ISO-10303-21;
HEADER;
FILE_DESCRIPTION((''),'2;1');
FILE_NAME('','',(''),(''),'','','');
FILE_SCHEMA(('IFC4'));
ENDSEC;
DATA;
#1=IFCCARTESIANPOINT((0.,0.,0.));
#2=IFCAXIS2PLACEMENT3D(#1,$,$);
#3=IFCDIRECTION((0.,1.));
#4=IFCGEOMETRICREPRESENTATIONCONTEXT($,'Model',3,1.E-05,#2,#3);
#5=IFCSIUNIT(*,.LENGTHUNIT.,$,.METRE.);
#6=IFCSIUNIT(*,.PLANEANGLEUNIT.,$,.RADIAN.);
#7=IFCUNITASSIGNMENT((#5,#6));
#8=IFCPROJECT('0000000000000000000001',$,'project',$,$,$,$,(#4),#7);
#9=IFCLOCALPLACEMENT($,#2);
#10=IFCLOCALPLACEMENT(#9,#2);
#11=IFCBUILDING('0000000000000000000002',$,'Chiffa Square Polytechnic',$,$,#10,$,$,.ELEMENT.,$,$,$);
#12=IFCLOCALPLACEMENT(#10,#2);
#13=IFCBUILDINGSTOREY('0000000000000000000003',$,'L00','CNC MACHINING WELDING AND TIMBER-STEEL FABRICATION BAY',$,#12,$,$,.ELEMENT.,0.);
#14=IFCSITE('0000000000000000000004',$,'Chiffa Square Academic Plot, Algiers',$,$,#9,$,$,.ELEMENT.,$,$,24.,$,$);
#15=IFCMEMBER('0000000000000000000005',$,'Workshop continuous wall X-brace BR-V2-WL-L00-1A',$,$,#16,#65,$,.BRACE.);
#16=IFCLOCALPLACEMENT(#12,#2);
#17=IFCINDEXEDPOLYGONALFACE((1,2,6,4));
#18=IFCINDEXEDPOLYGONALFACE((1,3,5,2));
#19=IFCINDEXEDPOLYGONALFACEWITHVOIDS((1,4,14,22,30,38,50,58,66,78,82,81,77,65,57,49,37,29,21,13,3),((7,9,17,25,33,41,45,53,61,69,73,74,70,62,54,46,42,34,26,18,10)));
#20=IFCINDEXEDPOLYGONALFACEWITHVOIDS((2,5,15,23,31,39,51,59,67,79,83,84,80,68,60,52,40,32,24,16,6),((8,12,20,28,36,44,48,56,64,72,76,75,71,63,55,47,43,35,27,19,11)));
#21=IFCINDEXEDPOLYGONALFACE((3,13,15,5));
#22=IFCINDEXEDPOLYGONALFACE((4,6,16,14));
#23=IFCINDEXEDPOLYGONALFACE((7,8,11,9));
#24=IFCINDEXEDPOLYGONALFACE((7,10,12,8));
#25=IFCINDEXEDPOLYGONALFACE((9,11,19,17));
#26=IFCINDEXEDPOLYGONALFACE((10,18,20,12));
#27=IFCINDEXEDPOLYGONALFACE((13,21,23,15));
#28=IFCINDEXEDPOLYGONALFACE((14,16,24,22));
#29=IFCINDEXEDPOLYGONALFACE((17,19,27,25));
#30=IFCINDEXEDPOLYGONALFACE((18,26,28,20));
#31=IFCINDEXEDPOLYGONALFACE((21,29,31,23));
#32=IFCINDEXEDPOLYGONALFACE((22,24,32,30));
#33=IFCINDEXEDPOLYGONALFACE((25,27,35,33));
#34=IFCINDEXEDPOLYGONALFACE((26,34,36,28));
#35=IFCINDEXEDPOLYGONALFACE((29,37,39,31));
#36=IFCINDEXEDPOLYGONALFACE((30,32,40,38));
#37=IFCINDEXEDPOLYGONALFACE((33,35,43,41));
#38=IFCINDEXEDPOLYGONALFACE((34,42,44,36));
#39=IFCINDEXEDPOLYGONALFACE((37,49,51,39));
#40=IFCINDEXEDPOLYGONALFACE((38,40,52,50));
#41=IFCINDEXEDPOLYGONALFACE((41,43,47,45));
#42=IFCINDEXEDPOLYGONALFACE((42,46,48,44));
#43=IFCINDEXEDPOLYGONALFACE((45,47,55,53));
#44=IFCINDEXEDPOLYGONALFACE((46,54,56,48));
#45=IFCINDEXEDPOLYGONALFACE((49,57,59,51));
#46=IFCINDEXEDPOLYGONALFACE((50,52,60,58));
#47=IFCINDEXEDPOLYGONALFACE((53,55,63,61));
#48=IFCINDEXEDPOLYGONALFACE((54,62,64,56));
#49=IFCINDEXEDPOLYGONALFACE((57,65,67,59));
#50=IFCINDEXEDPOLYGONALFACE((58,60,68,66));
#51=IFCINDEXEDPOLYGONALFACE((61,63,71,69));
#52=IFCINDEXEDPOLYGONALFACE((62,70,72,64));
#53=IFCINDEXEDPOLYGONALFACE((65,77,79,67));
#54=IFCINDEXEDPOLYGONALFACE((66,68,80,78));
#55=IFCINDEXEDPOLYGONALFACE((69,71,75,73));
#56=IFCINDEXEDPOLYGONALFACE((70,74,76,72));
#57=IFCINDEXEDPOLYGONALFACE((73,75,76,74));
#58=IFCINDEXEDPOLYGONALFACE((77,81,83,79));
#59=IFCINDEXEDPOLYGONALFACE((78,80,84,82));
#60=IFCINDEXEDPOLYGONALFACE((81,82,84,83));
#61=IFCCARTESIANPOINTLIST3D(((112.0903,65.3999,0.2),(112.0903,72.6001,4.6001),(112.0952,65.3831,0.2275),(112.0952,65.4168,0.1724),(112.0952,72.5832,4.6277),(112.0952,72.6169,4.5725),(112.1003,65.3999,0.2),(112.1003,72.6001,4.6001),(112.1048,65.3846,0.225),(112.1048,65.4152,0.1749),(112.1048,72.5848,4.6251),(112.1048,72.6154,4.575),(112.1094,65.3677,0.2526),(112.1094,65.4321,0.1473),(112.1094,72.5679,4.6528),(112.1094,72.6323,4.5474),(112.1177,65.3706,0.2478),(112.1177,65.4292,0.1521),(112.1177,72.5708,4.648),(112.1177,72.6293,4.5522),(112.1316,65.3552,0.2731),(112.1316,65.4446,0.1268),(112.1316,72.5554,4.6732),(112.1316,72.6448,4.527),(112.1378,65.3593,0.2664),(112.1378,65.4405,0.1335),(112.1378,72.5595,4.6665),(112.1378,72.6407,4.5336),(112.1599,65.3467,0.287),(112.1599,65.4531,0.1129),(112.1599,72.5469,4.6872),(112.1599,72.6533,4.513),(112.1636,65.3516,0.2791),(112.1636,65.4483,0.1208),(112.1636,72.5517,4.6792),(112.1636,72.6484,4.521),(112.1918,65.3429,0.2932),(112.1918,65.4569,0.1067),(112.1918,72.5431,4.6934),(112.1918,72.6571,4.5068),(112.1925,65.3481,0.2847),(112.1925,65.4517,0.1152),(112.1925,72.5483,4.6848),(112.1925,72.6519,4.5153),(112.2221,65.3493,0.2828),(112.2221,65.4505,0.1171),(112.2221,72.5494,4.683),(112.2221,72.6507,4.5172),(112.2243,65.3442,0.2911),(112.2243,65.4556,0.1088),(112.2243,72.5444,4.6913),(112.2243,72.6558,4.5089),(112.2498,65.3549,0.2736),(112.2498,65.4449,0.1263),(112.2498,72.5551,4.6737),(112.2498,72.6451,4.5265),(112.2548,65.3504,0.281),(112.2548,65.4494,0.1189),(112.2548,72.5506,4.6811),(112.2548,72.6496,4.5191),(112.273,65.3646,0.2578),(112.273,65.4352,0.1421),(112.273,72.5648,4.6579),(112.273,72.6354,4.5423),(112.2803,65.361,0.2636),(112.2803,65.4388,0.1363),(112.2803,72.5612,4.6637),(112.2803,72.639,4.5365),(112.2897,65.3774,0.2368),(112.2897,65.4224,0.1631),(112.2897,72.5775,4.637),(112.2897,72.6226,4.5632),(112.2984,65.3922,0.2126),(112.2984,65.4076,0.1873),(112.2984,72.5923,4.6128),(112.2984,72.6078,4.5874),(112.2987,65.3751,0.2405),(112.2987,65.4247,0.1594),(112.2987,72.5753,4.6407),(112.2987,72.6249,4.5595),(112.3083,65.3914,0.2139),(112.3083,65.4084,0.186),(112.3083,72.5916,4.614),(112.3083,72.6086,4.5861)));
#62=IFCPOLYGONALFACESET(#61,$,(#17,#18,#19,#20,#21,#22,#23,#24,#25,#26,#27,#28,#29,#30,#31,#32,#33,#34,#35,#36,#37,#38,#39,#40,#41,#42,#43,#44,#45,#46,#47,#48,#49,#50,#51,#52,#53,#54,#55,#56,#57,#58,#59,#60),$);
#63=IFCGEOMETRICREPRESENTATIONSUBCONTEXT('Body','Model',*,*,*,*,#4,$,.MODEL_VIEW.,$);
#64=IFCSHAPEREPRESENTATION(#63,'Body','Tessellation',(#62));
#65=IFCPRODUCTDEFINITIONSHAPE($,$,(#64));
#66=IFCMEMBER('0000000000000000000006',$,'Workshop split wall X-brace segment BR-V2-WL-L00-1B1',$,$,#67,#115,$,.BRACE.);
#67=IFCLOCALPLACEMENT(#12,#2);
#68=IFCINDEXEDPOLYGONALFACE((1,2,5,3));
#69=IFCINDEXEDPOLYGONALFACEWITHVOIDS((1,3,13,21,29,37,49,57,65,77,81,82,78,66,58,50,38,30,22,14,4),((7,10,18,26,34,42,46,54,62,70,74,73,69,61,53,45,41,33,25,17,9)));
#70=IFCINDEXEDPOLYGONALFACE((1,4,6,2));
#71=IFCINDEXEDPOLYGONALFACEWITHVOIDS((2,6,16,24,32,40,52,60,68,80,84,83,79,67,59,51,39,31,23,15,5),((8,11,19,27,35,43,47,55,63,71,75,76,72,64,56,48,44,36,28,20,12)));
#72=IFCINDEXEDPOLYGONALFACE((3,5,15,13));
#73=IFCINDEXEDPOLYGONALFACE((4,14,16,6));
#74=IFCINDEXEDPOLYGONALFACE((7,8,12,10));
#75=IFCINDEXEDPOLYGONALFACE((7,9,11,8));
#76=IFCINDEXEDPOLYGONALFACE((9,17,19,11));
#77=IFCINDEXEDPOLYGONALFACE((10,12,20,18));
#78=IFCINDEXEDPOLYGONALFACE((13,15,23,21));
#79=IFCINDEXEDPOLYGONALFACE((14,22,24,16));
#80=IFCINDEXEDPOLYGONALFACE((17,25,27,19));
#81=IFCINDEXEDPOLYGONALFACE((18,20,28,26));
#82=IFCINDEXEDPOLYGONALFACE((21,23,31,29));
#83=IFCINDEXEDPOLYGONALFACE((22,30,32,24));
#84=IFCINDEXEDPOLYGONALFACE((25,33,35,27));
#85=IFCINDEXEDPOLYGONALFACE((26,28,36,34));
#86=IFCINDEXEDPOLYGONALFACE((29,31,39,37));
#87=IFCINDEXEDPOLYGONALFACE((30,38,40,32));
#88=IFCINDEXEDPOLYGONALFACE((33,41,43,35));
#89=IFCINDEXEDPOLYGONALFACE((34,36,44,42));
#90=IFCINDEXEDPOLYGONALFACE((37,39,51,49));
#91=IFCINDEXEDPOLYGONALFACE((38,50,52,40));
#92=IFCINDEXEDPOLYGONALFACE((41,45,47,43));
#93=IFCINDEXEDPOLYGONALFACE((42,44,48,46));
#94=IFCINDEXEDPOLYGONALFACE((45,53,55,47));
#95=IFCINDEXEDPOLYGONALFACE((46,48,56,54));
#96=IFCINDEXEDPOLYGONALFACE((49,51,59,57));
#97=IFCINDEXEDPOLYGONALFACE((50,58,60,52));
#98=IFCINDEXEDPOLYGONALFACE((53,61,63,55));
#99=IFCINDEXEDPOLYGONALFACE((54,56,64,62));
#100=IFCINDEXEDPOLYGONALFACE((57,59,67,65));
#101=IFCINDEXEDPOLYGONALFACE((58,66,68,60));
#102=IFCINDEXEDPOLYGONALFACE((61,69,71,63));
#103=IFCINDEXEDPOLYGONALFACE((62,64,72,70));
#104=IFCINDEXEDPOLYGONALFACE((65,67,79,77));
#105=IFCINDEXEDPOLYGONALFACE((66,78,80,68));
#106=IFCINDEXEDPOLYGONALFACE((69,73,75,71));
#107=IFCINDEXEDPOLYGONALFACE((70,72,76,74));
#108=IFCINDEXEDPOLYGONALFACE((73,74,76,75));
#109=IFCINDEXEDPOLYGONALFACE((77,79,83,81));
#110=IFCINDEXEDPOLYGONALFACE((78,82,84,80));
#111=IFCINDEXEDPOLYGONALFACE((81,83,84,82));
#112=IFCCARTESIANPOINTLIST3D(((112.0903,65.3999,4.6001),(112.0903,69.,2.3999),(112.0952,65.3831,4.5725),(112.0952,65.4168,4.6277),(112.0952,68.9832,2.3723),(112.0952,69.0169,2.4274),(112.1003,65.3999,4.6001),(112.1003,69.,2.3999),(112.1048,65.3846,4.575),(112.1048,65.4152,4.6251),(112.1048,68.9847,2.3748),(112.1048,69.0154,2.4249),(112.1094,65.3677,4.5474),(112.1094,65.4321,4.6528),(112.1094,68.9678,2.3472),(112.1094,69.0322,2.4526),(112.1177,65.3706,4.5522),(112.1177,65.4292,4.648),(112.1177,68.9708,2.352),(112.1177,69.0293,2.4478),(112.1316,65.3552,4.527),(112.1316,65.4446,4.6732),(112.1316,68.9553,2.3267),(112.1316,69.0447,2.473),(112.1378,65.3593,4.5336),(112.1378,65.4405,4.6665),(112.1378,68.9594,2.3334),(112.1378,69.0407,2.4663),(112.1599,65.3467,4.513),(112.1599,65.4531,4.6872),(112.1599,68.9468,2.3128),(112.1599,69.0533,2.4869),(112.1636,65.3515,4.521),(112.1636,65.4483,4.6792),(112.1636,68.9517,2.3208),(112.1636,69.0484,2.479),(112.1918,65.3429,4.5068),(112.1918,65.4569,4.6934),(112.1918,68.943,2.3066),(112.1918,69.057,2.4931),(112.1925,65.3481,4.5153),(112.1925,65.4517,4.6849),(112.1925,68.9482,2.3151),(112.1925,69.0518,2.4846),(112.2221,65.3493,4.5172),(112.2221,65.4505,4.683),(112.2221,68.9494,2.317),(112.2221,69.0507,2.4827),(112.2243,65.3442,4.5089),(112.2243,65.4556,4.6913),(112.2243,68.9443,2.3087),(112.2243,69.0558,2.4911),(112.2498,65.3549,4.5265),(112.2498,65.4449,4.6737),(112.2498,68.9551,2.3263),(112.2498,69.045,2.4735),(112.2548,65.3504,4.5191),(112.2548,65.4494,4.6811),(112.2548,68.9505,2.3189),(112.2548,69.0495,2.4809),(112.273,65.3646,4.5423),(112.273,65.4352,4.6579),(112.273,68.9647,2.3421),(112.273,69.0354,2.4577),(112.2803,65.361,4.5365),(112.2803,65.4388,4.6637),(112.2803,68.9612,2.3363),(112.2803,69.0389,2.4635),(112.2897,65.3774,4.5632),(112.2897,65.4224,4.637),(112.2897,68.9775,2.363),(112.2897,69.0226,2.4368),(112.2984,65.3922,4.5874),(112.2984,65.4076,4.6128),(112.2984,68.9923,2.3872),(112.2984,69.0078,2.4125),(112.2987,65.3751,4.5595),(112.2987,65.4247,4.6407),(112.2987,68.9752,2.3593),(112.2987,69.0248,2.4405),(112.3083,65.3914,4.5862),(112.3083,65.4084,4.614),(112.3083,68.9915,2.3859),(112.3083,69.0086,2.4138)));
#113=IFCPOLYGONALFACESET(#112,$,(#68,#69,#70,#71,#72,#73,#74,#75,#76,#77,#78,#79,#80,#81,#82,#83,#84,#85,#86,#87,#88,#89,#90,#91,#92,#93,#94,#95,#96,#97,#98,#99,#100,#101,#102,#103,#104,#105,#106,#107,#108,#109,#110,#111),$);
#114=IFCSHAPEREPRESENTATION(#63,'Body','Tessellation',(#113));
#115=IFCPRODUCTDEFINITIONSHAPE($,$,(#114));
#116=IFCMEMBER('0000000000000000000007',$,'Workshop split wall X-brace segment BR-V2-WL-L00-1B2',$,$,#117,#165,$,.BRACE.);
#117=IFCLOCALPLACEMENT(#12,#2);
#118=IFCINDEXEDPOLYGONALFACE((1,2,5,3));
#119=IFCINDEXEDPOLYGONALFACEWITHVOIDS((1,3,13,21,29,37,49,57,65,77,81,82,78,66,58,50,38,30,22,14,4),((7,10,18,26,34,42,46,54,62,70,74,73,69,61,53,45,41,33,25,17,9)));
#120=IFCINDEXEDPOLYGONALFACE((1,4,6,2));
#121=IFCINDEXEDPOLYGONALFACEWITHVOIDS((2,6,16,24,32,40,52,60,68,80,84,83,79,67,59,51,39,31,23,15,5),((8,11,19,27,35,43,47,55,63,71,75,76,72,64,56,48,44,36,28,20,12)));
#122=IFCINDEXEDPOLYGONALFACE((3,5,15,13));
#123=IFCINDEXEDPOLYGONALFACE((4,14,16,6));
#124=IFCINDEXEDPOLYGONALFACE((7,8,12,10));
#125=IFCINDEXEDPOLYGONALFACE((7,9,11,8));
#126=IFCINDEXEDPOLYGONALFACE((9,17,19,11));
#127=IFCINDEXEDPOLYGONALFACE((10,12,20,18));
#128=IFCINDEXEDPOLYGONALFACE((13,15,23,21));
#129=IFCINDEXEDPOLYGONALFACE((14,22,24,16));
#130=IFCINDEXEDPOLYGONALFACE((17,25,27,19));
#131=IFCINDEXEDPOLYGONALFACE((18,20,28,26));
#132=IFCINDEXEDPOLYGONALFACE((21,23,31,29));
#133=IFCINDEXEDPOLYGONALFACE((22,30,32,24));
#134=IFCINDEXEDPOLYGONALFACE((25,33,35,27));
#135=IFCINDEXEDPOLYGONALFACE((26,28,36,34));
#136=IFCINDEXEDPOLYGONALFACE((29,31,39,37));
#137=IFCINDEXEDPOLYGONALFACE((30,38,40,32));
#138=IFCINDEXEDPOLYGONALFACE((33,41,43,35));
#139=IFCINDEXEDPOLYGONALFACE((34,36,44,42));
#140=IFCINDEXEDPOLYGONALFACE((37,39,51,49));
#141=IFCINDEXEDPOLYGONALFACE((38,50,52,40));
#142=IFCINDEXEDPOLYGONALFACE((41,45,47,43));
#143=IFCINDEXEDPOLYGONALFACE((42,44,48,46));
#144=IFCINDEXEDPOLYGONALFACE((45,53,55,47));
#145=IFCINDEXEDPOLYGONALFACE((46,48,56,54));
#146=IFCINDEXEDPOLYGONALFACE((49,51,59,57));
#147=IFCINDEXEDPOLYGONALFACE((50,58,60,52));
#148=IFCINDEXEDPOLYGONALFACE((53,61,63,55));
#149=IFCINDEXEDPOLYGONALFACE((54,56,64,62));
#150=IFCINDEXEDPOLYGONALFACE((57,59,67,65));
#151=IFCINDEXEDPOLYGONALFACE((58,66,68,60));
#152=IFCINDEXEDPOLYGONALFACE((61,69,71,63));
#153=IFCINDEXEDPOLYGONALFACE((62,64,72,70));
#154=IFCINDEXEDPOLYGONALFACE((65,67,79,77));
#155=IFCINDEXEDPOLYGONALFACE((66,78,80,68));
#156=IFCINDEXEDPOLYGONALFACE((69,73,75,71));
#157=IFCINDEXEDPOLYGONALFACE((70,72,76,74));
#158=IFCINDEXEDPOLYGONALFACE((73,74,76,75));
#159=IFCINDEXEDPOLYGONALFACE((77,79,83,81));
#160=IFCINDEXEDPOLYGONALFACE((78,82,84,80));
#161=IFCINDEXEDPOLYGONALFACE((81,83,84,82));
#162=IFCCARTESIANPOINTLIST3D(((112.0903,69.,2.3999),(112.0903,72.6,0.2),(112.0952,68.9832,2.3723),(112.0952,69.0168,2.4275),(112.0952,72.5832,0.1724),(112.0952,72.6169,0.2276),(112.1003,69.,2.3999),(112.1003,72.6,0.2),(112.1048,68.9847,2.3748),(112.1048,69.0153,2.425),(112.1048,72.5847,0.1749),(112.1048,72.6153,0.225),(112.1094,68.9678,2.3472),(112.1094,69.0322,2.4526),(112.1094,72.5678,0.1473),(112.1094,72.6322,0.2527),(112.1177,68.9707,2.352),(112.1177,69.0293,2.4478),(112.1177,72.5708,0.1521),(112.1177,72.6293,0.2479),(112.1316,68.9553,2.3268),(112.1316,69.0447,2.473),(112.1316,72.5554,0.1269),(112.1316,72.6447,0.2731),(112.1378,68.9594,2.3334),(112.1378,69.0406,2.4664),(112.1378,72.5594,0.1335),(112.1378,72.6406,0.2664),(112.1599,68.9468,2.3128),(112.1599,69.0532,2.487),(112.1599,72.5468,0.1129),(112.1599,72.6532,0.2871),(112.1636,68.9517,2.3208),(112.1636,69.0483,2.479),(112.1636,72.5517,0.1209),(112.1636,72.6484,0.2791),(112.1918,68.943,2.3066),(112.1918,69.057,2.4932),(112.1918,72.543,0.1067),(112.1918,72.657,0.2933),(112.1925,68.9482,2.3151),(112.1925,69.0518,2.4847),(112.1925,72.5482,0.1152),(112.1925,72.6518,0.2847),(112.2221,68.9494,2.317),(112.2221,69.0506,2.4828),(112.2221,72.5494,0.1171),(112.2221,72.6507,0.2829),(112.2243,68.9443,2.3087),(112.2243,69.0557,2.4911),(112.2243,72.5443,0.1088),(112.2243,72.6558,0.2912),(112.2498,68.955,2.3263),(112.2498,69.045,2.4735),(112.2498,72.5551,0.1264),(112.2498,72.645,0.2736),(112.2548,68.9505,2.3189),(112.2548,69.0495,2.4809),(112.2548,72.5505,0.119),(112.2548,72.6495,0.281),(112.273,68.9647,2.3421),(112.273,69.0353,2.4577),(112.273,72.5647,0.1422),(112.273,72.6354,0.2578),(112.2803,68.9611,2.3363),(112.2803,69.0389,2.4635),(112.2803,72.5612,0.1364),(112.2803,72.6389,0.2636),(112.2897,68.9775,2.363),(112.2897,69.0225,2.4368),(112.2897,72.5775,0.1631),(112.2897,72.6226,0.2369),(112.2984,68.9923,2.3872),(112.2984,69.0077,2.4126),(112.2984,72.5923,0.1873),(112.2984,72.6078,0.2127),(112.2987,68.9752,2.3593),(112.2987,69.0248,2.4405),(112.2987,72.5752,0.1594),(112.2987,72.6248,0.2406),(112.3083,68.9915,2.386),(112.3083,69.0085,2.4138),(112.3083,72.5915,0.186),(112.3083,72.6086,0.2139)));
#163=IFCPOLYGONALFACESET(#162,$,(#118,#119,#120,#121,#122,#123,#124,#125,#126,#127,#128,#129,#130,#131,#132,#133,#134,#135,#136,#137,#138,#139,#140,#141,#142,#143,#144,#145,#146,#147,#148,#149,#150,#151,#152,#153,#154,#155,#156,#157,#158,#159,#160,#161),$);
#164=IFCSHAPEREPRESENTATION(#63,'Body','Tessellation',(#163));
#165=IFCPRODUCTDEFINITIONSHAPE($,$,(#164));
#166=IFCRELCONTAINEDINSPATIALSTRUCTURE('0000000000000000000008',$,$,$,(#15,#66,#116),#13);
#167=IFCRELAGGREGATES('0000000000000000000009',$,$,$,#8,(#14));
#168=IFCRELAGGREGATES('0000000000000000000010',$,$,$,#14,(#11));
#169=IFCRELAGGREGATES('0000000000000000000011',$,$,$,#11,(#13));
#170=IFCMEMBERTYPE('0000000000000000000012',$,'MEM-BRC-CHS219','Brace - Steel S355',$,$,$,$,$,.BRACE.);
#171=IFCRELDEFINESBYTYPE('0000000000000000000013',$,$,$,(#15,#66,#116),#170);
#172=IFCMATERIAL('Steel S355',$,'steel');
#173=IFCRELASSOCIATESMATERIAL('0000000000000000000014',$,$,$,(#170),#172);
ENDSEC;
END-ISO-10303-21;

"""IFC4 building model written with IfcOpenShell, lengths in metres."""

from ifc_helpers import new_model, si_unit, direction, frame, origin, origin_2d, place, context, subcontext, project, spatial, hollow_circle, extrude, material, material_profile, profile_set, type_object, element, save


model = new_model("IFC4")

# Units and contexts
model_context = context("Model", 3, precision=1e-05, world=origin(), true_north=direction((0.0, 1.0)))
body_context = subcontext(model_context, "Body", "Model", "MODEL_VIEW")
ifc_project = project(units=[si_unit("LENGTHUNIT", "METRE"), si_unit("PLANEANGLEUNIT", "RADIAN")], contexts=[model_context])

# Site, building, storey
site_placement = place(None, origin())
site = spatial("IfcSite", under=ifc_project, at=site_placement, Name="Chiffa Square Academic Plot, Algiers", CompositionType="ELEMENT", RefElevation=24.0)
building_placement = place(site_placement, origin())
building = spatial("IfcBuilding", under=site, at=building_placement, Name="Chiffa Square Polytechnic", CompositionType="ELEMENT")
storey_placement = place(building_placement, origin())
storey = spatial("IfcBuildingStorey", under=building, at=storey_placement, Name="L00", Description="CNC MACHINING WELDING AND TIMBER-STEEL FABRICATION BAY", CompositionType="ELEMENT", Elevation=0.0)

# Shared definitions
ifc_material_1 = material(Name="Steel S355", Category="steel")

# Members
ifc_material_profile_1 = material_profile(ifc_material_1, hollow_circle(Radius=0.1096, WallThickness=0.01, at=origin_2d()), Name="CHS 219.1x10")
ifc_profile_set_1 = profile_set([ifc_material_profile_1], Name="Steel S355")
member_type = type_object("IfcMemberType", Name="MEM-BRC-CHS219", Description="Brace - Steel S355", PredefinedType="BRACE", material=ifc_profile_set_1)
member_1_placement = place(storey_placement, frame((112.2, 65.3999, 0.2), z_axis=(0.0, 0.85328, 0.521452), x_axis=(-1.0, 0.0, 0.0)))
element("IfcMember", 1, at=member_1_placement, inside=storey, type_object=member_type, Name="Workshop continuous wall X-brace BR-V2-WL-L00-1A", PredefinedType="BRACE", context=body_context, shape_type="SweptSolid", body=[
    extrude(hollow_circle(Radius=0.1096, WallThickness=0.01, at=origin_2d()), origin(), (0.0, 0.0, 1.0), 8.4382),
])
member_2_placement = place(storey_placement, frame((112.2, 65.3999, 4.6001), z_axis=(0.0, 0.853268, -0.521473), x_axis=(-1.0, 0.0, 0.0)))
element("IfcMember", 2, at=member_2_placement, inside=storey, type_object=member_type, Name="Workshop split wall X-brace segment BR-V2-WL-L00-1B1", PredefinedType="BRACE", context=body_context, shape_type="SweptSolid", body=[
    extrude(hollow_circle(Radius=0.1096, WallThickness=0.01, at=origin_2d()), origin(), (0.0, 0.0, 1.0), 4.2192),
])
member_3_placement = place(storey_placement, frame((112.2, 69.0, 2.3999), z_axis=(0.0, 0.853293, -0.521431), x_axis=(-1.0, 0.0, 0.0)))
element("IfcMember", 3, at=member_3_placement, inside=storey, type_object=member_type, Name="Workshop split wall X-brace segment BR-V2-WL-L00-1B2", PredefinedType="BRACE", context=body_context, shape_type="SweptSolid", body=[
    extrude(hollow_circle(Radius=0.1096, WallThickness=0.01, at=origin_2d()), origin(), (0.0, 0.0, 1.0), 4.219),
])

save(model, "model.ifc")
